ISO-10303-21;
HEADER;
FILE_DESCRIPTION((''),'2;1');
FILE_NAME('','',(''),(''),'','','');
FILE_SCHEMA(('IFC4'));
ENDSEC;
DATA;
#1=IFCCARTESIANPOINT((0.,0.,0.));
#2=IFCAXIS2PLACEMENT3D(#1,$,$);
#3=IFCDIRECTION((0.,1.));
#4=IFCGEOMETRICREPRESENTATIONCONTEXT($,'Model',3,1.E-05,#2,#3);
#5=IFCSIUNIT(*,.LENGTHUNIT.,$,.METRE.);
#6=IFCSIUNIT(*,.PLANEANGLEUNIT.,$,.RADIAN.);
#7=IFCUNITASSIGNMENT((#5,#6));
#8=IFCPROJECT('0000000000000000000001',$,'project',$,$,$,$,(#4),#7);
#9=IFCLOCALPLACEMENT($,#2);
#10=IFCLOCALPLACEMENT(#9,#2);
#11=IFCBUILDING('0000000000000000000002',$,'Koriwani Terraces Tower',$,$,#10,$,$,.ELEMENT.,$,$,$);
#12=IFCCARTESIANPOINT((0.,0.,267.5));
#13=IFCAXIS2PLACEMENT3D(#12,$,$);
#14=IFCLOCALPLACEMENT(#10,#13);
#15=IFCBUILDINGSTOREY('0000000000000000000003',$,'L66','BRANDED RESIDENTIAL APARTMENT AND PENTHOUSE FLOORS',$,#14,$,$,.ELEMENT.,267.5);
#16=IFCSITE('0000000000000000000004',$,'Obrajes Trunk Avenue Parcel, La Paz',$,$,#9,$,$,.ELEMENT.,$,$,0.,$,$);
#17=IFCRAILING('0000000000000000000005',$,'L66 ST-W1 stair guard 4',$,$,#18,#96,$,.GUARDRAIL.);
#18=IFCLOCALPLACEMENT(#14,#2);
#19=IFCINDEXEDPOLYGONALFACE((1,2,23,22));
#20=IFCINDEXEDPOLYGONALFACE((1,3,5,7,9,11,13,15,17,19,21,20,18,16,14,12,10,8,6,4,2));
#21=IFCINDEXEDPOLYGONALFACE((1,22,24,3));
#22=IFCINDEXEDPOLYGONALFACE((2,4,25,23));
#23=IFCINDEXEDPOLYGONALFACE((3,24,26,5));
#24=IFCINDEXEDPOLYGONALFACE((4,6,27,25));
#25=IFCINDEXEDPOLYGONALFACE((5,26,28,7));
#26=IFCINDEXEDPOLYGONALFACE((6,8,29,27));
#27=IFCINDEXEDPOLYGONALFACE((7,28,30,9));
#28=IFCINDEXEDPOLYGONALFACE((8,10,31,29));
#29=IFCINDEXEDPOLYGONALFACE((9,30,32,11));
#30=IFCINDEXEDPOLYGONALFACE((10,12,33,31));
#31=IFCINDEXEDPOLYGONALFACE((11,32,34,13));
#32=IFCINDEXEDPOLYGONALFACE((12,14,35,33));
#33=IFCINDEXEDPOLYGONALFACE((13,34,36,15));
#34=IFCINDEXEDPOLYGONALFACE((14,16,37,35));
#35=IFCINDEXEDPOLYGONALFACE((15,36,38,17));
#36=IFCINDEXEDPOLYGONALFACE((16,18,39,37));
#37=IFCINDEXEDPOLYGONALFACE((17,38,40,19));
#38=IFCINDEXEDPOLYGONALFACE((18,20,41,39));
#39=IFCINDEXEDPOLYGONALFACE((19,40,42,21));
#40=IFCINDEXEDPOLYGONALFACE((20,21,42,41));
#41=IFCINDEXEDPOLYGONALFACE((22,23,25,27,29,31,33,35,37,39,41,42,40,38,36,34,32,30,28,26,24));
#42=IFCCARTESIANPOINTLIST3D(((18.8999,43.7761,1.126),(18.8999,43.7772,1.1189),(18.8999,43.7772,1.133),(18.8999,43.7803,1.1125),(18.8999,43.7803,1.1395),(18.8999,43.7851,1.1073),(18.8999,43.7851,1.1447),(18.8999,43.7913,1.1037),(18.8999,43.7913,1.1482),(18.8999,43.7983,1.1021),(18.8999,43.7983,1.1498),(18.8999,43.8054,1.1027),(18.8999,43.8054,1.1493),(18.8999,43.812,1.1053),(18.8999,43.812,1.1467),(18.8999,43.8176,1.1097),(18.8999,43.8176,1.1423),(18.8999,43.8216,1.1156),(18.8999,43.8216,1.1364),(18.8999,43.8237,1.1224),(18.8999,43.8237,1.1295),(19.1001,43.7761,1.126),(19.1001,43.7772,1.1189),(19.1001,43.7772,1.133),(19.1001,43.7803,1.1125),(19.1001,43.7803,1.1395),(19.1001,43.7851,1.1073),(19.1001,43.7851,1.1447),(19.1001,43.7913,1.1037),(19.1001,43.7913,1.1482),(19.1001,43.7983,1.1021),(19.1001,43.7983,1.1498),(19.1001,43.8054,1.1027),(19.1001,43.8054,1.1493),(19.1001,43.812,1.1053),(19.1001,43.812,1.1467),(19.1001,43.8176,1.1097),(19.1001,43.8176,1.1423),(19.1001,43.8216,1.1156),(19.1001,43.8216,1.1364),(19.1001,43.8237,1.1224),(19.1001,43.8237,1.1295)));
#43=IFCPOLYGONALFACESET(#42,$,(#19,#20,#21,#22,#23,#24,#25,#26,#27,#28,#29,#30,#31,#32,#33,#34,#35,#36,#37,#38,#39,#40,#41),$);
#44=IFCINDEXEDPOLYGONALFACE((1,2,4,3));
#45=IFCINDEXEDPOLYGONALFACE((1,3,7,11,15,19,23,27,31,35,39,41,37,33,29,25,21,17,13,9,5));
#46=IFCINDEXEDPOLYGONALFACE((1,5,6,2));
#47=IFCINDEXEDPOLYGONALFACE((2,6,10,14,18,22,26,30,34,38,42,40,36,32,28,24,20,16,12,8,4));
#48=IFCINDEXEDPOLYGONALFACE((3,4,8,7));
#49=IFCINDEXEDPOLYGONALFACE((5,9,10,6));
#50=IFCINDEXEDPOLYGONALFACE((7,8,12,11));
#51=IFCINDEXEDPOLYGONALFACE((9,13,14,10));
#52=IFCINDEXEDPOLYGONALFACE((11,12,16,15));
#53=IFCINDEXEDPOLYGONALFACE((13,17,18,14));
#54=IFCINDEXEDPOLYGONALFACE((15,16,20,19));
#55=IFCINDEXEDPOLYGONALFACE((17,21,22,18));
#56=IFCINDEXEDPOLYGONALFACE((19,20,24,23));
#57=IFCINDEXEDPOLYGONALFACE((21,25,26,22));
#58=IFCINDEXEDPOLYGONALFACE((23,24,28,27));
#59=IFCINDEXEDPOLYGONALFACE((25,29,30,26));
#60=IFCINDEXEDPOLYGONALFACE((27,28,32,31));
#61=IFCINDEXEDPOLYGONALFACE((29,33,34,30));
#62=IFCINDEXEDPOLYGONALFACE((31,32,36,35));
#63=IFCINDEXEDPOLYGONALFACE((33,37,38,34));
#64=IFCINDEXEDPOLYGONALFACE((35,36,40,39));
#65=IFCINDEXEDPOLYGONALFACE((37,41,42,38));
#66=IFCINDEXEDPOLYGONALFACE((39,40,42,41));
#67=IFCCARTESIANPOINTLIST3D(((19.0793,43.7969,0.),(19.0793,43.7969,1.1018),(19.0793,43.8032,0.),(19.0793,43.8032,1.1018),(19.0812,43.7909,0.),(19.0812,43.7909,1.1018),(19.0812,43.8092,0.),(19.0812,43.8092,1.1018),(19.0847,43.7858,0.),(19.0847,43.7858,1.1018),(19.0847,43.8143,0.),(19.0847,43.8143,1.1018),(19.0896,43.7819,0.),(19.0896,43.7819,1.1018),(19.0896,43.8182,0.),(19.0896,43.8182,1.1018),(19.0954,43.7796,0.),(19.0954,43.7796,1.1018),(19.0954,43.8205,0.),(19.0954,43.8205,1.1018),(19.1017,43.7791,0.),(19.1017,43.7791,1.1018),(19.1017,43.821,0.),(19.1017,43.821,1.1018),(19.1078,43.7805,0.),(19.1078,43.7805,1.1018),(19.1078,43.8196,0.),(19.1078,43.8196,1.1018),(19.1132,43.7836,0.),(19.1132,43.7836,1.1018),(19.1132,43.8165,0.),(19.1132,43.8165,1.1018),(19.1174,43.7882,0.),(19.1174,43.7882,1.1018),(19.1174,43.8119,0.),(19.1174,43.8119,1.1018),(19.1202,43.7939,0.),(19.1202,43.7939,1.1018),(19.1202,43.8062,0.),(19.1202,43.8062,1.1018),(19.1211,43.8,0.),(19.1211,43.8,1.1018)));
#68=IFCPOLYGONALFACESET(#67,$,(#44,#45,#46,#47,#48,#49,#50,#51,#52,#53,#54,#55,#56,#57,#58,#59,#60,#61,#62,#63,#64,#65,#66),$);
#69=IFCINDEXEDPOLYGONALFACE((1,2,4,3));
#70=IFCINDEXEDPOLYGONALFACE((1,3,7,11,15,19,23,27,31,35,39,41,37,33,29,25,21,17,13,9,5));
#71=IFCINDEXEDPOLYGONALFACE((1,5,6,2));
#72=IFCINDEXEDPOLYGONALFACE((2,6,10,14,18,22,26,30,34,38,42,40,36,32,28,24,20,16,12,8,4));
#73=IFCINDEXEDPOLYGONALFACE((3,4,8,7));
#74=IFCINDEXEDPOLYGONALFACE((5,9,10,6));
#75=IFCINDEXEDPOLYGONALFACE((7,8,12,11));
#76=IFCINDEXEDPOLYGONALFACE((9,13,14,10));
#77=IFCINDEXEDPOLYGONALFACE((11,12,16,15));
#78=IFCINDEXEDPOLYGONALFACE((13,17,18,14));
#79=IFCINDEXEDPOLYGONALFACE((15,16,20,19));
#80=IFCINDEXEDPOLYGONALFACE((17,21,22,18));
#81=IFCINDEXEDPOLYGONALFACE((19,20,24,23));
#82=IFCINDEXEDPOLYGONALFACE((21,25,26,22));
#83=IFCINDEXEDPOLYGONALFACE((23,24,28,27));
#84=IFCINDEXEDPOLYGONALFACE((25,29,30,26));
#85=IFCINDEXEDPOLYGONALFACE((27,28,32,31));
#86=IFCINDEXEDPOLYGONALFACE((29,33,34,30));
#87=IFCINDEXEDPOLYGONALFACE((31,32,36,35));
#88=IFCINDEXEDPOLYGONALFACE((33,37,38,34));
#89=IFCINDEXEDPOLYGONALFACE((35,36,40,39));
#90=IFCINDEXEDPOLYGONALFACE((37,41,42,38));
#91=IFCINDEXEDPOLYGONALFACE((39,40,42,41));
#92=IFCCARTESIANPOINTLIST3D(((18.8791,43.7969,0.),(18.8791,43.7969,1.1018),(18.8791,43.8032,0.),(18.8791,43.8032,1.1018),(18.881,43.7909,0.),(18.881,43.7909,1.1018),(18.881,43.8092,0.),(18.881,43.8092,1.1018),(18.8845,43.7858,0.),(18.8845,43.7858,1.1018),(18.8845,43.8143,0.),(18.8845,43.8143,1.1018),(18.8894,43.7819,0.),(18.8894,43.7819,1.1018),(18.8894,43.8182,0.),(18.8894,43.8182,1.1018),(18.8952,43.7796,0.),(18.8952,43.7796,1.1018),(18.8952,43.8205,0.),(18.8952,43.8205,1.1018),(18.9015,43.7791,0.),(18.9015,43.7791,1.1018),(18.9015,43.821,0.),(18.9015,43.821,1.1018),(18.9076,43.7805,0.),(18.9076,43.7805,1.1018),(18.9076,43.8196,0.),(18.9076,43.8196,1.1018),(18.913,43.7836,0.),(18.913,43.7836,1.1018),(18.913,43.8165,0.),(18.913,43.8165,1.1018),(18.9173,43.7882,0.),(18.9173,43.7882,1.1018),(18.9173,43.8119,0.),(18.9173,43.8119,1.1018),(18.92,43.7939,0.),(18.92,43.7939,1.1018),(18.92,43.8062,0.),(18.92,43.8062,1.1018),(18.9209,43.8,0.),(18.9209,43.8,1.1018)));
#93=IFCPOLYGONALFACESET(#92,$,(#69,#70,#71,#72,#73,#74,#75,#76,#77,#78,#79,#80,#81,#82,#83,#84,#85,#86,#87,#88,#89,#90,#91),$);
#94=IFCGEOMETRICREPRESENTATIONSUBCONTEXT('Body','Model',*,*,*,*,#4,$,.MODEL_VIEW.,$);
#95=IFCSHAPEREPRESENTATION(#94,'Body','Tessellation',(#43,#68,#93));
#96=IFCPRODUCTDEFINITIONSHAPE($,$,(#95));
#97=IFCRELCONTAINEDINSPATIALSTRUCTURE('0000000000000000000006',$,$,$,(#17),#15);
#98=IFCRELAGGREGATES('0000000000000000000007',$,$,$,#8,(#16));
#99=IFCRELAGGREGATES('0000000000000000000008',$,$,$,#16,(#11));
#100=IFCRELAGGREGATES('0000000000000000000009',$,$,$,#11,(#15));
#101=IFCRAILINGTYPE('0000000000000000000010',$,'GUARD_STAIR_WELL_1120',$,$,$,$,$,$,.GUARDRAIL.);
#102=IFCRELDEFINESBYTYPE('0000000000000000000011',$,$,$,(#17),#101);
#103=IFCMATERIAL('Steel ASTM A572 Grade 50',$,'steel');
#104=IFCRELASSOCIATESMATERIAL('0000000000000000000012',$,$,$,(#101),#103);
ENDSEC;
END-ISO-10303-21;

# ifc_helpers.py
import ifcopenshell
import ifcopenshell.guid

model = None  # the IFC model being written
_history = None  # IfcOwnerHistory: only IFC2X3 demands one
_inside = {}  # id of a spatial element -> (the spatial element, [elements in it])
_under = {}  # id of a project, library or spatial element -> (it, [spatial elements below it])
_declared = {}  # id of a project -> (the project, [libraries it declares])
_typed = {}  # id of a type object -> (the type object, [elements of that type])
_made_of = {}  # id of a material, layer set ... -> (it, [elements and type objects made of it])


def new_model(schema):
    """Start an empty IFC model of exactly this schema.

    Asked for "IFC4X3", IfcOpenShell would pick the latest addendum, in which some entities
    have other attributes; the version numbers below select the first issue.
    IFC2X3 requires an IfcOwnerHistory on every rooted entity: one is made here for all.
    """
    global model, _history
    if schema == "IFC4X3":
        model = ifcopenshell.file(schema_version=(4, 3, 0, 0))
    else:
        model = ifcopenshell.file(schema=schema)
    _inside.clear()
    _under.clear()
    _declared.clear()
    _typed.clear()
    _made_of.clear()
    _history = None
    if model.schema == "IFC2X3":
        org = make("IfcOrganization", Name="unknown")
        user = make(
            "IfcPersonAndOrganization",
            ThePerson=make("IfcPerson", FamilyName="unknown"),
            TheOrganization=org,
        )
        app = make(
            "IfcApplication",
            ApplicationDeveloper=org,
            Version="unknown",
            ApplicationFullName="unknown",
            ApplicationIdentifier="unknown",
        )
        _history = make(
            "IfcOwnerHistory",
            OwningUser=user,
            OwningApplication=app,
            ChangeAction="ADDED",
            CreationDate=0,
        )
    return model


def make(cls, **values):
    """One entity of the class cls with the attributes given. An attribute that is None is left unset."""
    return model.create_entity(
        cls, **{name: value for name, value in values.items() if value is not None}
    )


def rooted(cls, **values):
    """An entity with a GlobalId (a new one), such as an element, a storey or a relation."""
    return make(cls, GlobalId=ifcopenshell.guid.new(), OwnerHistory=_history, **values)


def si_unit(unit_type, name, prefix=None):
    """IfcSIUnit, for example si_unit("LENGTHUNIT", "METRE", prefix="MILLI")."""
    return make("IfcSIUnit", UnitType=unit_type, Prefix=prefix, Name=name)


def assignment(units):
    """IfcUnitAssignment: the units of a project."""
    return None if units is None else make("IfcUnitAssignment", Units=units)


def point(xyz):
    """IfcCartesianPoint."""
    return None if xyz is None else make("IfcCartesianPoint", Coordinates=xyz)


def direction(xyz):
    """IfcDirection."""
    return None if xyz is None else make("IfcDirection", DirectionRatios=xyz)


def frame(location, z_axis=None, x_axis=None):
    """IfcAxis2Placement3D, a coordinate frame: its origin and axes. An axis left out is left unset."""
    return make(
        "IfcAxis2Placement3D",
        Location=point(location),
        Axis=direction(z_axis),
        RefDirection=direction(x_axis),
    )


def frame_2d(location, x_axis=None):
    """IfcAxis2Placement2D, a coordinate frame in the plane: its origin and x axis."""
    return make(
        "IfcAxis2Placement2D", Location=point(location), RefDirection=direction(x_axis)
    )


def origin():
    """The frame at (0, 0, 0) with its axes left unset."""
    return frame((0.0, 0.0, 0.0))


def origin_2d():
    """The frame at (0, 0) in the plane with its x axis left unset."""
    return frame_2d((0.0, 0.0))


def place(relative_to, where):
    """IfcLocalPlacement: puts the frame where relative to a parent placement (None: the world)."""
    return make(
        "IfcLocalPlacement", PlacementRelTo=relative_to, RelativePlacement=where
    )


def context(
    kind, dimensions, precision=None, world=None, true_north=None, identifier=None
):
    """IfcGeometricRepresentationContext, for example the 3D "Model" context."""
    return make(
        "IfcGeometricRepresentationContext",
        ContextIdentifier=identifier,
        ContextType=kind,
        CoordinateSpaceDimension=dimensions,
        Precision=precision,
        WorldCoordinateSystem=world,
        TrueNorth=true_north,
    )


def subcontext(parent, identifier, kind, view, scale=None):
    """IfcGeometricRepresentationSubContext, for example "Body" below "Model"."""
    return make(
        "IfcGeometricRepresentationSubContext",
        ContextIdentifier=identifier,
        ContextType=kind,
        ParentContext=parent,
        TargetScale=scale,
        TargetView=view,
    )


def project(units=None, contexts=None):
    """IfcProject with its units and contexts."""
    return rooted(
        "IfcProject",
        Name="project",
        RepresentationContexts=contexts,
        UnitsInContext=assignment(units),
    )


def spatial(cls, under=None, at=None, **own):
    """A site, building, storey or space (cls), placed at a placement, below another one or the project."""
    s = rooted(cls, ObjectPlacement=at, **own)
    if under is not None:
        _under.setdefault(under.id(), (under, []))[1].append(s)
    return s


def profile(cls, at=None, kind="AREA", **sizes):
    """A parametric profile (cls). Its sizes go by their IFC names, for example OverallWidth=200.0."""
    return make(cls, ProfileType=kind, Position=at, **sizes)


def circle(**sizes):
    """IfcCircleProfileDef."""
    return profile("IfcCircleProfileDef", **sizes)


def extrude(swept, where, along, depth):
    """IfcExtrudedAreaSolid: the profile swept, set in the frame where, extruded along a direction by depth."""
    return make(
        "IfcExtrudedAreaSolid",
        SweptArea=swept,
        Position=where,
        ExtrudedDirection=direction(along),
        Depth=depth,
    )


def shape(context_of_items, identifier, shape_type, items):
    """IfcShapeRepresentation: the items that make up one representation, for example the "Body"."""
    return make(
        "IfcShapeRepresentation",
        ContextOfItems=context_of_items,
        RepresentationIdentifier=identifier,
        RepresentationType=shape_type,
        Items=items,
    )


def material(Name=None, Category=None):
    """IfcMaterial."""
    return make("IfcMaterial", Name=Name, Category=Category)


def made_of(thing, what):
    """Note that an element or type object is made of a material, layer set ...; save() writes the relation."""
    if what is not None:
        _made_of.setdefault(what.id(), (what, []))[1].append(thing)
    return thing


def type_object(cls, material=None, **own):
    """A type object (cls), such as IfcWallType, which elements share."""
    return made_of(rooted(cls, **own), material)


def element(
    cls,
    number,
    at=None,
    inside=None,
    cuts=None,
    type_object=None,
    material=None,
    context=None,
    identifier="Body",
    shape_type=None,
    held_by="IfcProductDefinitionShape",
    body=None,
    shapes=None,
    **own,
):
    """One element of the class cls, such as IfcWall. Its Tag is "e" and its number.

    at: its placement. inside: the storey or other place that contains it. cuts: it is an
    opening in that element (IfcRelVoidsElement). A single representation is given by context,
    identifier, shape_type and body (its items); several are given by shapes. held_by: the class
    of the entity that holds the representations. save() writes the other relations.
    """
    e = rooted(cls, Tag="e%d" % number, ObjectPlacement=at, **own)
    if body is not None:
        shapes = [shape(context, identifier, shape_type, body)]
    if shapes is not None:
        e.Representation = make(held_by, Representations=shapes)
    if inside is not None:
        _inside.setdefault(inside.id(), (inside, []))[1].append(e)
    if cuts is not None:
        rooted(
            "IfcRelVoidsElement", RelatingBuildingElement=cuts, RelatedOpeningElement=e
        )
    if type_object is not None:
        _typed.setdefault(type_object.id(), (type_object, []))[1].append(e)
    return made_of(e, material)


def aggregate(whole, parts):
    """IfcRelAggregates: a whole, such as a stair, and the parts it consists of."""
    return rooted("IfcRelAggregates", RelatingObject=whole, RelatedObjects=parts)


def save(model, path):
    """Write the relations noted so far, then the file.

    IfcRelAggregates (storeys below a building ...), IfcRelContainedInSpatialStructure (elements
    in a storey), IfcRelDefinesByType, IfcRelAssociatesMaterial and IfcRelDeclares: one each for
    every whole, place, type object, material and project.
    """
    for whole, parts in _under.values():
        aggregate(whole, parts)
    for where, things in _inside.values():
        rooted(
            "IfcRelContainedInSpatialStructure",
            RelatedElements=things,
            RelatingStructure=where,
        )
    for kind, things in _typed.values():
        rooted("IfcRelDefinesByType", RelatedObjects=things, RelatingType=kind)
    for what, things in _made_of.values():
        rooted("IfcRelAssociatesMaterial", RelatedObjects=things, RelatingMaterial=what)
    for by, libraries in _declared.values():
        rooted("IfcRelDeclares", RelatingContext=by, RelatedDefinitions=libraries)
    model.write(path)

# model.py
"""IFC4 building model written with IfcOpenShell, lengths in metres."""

from ifc_helpers import new_model, si_unit, direction, frame, origin, origin_2d, place, context, subcontext, project, spatial, circle, extrude, material, type_object, element, save


model = new_model("IFC4")

# Units and contexts
model_context = context("Model", 3, precision=1e-05, world=origin(), true_north=direction((0.0, 1.0)))
body_context = subcontext(model_context, "Body", "Model", "MODEL_VIEW")
ifc_project = project(units=[si_unit("LENGTHUNIT", "METRE"), si_unit("PLANEANGLEUNIT", "RADIAN")], contexts=[model_context])

# Site, building, storey
site_placement = place(None, origin())
site = spatial("IfcSite", under=ifc_project, at=site_placement, Name="Obrajes Trunk Avenue Parcel, La Paz", CompositionType="ELEMENT", RefElevation=0.0)
building_placement = place(site_placement, origin())
building = spatial("IfcBuilding", under=site, at=building_placement, Name="Koriwani Terraces Tower", CompositionType="ELEMENT")
storey_placement = place(building_placement, frame((0.0, 0.0, 267.5)))
storey = spatial("IfcBuildingStorey", under=building, at=storey_placement, Name="L66", Description="BRANDED RESIDENTIAL APARTMENT AND PENTHOUSE FLOORS", CompositionType="ELEMENT", Elevation=267.5)

# Shared definitions
ifc_material_1 = material(Name="Steel ASTM A572 Grade 50", Category="steel")

# Railing
railing_type_1 = type_object("IfcRailingType", Name="GUARD_STAIR_WELL_1120", PredefinedType="GUARDRAIL", material=ifc_material_1)
railing_1_placement = place(storey_placement, frame((19.1001, 43.8, 0.0)))
element("IfcRailing", 1, at=railing_1_placement, inside=storey, type_object=railing_type_1, Name="L66 ST-W1 stair guard 4", PredefinedType="GUARDRAIL", context=body_context, shape_type="SweptSolid", body=[
    extrude(circle(Radius=0.0239, at=origin_2d()), frame((0.0, 0.0, 1.126), z_axis=(-1.0, 0.0, 0.0), x_axis=(0.0, -1.0, 0.0)), (0.0, 0.0, 1.0), 0.2002),
    extrude(circle(Radius=0.021, at=origin_2d()), origin(), (0.0, 0.0, 1.0), 1.1018),
    extrude(circle(Radius=0.021, at=origin_2d()), frame((-0.2002, 0.0, 0.0)), (0.0, 0.0, 1.0), 1.1018),
])

save(model, "model.ifc")
